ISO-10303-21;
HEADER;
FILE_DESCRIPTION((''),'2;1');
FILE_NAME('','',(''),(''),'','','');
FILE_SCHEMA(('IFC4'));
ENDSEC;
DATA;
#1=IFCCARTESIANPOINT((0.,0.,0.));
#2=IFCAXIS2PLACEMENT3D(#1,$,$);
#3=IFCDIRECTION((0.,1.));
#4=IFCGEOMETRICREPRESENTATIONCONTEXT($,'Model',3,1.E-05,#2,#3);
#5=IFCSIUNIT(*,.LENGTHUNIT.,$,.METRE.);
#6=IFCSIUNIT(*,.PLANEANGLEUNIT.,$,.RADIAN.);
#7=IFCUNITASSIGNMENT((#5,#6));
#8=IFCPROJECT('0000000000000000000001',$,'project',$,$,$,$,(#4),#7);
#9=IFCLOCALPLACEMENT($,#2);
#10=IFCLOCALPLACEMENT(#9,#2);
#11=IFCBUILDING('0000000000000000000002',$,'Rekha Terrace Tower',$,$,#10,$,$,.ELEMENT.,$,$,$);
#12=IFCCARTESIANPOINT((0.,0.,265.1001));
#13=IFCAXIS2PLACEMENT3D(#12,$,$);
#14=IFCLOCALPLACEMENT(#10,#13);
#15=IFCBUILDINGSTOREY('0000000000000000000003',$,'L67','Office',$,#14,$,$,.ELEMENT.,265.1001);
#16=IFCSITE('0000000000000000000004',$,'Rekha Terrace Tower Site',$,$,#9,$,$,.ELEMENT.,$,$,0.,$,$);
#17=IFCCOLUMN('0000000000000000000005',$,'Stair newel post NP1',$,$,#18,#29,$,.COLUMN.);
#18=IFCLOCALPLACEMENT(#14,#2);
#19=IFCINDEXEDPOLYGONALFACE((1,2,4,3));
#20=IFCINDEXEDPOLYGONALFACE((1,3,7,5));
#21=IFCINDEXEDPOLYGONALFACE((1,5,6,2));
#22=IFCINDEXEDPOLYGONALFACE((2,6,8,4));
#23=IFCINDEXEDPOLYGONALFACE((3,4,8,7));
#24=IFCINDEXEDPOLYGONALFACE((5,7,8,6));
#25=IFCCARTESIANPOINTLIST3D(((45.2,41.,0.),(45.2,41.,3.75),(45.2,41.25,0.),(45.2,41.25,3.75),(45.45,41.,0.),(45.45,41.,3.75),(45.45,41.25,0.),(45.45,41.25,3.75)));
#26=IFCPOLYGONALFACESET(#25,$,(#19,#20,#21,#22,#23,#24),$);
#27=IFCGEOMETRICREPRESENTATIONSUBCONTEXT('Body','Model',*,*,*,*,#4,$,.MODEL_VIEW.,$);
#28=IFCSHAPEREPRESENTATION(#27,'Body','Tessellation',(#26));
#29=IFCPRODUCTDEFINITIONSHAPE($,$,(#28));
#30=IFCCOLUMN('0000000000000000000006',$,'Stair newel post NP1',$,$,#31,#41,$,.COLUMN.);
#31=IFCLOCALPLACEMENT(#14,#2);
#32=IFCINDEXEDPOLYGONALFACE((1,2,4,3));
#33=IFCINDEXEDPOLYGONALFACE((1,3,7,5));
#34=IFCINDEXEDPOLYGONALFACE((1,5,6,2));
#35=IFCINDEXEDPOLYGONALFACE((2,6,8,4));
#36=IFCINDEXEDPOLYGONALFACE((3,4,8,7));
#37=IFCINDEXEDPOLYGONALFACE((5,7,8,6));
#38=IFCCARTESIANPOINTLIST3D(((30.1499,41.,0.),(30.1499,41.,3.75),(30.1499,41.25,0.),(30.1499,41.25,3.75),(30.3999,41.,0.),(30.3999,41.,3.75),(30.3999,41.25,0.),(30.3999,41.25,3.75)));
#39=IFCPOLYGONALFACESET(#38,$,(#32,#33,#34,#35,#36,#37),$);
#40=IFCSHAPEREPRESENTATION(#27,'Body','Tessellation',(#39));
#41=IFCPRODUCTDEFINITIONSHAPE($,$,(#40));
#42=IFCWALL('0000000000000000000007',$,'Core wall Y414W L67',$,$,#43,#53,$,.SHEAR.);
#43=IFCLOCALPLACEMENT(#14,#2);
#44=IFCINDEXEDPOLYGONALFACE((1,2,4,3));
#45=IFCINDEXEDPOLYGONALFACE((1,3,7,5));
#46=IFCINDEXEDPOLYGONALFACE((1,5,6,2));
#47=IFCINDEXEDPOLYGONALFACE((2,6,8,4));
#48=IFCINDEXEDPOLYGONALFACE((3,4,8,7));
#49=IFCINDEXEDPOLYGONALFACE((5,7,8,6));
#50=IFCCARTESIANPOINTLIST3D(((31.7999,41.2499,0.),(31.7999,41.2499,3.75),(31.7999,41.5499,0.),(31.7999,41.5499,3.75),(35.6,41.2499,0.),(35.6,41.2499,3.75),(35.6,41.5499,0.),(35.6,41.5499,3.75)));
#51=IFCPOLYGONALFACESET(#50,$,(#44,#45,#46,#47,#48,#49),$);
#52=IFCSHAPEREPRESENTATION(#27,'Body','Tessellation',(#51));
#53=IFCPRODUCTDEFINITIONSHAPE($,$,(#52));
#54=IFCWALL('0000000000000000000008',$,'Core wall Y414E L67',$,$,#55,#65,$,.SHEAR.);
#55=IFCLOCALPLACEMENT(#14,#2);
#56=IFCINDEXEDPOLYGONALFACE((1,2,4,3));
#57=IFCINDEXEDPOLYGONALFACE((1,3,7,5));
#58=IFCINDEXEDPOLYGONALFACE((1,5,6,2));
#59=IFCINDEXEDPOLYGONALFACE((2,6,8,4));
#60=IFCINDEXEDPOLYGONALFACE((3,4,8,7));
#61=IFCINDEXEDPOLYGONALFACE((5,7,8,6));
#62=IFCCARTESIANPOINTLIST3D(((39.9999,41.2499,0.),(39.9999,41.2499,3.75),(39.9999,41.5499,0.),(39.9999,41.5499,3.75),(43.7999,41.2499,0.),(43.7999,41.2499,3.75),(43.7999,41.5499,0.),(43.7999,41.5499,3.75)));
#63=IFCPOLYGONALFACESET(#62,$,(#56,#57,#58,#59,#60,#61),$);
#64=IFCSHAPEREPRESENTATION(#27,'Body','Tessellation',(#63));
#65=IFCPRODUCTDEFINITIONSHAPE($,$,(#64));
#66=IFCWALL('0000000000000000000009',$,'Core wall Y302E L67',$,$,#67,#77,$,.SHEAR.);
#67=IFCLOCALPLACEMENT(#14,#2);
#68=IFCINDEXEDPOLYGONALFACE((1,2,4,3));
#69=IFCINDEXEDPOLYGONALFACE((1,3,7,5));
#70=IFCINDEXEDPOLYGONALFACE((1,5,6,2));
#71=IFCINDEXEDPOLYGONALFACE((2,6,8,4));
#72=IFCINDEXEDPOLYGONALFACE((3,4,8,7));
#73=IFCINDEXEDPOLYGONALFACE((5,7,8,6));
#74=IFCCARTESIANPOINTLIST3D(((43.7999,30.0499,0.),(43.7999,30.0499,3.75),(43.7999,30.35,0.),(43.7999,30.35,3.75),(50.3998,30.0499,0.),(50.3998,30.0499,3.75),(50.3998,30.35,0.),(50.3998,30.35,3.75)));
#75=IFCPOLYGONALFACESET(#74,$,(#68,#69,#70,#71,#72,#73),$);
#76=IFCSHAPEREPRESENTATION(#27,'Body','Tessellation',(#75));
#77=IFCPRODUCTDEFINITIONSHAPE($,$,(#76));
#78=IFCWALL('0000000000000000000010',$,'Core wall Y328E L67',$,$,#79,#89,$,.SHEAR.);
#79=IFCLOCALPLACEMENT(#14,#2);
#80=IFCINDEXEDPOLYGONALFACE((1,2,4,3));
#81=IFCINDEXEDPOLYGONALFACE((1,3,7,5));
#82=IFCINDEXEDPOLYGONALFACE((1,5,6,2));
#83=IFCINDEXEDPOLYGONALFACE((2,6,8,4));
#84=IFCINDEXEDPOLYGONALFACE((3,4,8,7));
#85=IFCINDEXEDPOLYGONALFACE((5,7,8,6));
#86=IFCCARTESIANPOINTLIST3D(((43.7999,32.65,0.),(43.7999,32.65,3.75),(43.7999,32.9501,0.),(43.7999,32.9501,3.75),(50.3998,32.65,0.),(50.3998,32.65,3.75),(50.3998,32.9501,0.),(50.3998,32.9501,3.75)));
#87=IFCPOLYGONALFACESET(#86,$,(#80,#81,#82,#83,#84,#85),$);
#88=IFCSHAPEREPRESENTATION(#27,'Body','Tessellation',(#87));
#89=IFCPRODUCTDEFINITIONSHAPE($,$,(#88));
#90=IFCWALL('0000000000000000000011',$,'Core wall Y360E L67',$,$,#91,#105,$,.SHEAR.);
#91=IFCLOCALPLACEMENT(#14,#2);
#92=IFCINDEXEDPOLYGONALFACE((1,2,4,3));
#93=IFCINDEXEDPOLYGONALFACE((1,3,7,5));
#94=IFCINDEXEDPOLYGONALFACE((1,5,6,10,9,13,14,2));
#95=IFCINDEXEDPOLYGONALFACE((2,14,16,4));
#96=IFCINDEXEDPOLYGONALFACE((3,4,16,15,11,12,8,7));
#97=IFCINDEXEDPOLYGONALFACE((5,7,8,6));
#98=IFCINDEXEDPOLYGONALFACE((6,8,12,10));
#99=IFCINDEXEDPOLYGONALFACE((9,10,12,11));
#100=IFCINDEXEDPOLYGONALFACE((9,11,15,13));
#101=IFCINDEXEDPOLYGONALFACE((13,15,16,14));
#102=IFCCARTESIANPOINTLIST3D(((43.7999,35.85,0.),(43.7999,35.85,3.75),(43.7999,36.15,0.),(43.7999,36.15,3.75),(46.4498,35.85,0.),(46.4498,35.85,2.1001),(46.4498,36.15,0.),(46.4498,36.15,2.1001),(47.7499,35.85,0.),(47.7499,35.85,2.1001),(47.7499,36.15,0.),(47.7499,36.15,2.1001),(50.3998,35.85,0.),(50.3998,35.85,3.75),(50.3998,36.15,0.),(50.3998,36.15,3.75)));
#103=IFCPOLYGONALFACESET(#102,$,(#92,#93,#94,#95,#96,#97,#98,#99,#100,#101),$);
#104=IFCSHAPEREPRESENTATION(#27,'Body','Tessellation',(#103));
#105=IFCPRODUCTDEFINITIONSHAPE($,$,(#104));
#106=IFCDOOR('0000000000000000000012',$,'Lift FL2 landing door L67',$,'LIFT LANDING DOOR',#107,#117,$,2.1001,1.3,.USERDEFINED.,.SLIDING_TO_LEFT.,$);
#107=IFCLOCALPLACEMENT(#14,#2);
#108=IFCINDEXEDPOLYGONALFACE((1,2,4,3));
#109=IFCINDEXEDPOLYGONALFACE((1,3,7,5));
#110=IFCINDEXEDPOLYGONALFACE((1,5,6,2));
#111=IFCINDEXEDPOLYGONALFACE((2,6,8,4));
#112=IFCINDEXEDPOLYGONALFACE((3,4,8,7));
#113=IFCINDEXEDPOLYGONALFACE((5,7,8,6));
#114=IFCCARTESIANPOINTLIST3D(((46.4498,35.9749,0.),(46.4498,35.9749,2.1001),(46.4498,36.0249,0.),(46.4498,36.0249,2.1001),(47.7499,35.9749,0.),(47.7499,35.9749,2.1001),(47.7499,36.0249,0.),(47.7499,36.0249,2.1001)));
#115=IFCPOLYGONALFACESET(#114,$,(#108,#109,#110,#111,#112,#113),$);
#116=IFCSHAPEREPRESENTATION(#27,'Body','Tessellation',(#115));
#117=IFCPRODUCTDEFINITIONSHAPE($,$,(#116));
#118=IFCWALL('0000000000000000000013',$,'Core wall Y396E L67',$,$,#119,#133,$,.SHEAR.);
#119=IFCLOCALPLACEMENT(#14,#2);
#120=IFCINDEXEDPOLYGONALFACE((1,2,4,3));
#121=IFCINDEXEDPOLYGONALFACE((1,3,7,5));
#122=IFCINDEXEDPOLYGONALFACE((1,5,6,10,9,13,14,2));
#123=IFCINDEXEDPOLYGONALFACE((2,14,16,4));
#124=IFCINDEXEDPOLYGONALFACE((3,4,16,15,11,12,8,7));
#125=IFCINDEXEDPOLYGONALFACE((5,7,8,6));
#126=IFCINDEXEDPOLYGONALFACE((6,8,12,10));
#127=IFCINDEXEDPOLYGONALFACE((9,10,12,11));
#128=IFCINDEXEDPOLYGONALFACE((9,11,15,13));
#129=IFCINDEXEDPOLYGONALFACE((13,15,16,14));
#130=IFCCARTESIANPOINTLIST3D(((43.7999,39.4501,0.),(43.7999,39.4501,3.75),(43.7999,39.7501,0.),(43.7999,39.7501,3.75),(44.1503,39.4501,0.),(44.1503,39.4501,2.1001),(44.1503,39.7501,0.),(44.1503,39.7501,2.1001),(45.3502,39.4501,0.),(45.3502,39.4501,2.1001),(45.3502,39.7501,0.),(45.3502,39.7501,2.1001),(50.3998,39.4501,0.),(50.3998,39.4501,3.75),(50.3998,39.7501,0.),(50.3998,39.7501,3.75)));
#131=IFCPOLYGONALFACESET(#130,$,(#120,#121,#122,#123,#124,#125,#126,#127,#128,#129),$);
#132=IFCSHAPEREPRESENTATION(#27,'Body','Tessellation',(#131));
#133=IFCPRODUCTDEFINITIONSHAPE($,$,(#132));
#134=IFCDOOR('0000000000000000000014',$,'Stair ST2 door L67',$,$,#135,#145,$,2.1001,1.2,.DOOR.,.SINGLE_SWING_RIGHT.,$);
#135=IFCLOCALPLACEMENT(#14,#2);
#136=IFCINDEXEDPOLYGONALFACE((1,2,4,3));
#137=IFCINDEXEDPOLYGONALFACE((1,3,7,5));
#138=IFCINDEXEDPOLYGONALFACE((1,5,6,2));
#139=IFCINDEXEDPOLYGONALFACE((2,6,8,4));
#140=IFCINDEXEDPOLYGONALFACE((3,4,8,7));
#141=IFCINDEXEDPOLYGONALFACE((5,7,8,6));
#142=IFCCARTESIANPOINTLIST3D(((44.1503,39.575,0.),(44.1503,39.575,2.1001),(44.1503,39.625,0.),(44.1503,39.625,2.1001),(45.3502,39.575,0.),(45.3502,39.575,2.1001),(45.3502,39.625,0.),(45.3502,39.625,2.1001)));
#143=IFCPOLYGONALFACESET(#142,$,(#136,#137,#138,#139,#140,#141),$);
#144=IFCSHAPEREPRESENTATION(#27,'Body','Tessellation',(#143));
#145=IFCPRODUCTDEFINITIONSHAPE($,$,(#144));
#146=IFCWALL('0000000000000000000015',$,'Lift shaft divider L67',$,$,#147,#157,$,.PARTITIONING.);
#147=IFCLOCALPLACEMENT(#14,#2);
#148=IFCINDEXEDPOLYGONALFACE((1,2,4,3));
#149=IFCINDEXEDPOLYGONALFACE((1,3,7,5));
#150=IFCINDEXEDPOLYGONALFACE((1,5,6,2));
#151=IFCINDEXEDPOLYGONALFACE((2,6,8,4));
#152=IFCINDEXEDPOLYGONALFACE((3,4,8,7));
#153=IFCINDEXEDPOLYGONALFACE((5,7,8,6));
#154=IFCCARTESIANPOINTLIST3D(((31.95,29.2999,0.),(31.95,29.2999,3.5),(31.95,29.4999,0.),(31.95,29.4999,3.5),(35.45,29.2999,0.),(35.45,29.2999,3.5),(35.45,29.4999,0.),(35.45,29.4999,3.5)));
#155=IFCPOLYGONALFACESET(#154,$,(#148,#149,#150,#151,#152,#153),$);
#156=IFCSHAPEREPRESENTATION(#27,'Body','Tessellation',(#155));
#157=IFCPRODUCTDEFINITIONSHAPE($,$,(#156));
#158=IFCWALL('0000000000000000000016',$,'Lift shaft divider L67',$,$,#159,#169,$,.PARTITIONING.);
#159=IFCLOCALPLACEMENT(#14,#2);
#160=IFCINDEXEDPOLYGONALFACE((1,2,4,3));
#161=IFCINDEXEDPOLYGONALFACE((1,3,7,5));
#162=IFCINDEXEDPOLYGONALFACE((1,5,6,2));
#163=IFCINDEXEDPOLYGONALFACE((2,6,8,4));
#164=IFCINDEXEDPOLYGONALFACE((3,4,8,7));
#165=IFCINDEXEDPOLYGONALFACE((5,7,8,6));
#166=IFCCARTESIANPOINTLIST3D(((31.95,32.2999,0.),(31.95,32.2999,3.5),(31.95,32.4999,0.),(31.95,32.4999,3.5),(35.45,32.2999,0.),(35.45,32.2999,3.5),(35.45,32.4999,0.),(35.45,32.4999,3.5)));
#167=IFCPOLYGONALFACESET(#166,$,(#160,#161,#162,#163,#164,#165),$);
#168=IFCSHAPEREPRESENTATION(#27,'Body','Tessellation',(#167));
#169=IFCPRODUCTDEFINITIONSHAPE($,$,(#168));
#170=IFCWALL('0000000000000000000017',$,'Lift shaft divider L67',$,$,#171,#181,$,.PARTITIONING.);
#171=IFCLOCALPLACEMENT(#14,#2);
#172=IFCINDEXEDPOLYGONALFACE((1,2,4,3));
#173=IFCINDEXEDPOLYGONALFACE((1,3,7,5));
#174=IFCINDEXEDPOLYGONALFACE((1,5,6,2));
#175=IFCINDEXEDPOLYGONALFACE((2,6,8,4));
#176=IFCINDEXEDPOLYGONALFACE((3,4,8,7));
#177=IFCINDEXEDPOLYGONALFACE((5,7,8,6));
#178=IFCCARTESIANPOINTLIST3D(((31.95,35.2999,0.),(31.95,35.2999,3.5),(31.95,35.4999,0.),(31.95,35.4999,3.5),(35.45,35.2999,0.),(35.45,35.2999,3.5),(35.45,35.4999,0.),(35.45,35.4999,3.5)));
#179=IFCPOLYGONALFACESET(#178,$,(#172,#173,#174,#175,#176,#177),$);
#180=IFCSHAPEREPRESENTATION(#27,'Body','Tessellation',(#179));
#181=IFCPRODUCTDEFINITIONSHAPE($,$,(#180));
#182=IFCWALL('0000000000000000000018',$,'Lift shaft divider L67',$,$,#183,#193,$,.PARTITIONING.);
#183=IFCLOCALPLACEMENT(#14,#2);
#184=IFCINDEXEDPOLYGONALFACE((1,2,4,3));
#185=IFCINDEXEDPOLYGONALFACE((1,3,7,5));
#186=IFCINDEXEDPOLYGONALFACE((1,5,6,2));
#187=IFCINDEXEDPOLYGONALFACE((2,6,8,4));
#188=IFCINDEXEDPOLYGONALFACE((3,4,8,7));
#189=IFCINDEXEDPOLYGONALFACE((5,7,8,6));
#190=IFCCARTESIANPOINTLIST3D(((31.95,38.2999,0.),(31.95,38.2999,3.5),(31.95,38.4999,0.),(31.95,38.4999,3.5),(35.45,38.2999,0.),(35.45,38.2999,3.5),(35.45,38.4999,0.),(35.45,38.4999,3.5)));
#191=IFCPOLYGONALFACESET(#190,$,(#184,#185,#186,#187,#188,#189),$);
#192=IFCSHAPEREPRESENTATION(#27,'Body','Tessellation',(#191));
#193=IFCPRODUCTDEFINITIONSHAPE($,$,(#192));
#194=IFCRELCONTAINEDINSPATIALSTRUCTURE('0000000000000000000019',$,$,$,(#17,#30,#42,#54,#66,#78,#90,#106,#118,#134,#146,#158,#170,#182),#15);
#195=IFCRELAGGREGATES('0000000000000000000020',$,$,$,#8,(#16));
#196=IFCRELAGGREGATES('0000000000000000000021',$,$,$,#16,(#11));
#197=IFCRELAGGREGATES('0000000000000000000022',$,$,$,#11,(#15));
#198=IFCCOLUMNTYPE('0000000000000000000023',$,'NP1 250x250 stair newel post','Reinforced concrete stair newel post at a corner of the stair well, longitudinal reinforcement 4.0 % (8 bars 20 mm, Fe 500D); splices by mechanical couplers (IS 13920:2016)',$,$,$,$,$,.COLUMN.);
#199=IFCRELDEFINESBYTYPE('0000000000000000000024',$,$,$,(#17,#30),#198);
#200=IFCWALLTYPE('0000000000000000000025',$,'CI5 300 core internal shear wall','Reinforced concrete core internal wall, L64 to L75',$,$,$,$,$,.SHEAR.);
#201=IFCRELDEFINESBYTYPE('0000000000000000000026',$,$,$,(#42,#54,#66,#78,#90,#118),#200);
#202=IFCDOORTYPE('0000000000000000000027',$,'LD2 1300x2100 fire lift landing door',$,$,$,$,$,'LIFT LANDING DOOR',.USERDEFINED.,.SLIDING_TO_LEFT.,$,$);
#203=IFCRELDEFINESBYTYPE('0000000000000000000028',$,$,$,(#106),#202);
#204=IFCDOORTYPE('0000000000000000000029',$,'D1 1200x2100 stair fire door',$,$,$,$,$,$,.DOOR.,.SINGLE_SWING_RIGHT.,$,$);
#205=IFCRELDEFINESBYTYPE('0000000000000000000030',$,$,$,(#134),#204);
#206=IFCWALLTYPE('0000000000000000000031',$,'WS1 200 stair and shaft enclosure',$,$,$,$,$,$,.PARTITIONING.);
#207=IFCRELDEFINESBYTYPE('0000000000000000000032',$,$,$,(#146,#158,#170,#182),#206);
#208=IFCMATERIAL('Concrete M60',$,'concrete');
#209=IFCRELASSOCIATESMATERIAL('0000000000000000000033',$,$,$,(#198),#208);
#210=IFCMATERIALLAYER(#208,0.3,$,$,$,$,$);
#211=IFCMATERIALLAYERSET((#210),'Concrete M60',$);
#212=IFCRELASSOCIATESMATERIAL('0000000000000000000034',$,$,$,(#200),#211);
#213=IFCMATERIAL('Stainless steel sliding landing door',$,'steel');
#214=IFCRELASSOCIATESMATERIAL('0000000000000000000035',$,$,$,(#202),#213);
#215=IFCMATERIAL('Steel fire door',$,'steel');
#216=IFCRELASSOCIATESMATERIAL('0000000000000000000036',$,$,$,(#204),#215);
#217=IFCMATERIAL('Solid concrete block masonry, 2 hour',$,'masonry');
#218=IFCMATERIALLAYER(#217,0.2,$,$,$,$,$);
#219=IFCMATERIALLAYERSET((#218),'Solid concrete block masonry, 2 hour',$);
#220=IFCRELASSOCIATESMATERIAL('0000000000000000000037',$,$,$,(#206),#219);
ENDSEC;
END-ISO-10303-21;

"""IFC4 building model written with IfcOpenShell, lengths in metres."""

from ifc_helpers import new_model, si_unit, direction, frame, frame_2d, origin, origin_2d, place, context, subcontext, project, spatial, rectangle, extrude, material, layer, layer_set, material_profile, profile_set, type_object, element, fill, save


model = new_model("IFC4")

# Units and contexts
model_context = context("Model", 3, precision=1e-05, world=origin(), true_north=direction((0.0, 1.0)))
body_context = subcontext(model_context, "Body", "Model", "MODEL_VIEW")
ifc_project = project(units=[si_unit("LENGTHUNIT", "METRE"), si_unit("PLANEANGLEUNIT", "RADIAN")], contexts=[model_context])

# Site, building, storey
site_placement = place(None, origin())
site = spatial("IfcSite", under=ifc_project, at=site_placement, Name="Rekha Terrace Tower Site", CompositionType="ELEMENT", RefElevation=0.0)
building_placement = place(site_placement, origin())
building = spatial("IfcBuilding", under=site, at=building_placement, Name="Rekha Terrace Tower", CompositionType="ELEMENT")
storey_placement = place(building_placement, frame((0.0, 0.0, 265.1001)))
storey = spatial("IfcBuildingStorey", under=building, at=storey_placement, Name="L67", Description="Office", CompositionType="ELEMENT", Elevation=265.1001)

# Columns
ifc_material_1 = material(Name="Concrete M60", Category="concrete")
ifc_material_profile = material_profile(ifc_material_1, rectangle(XDim=0.25, YDim=0.25, at=origin_2d()), Name="RC 250x250")
ifc_profile_set = profile_set([ifc_material_profile], Name="Concrete M60")
column_type = type_object("IfcColumnType", Name="NP1 250x250 stair newel post", Description="Reinforced concrete stair newel post at a corner of the stair well, longitudinal reinforcement 4.0 % (8 bars 20 mm, Fe 500D); splices by mechanical couplers (IS 13920:2016)", PredefinedType="COLUMN", material=ifc_profile_set)
for number, where, z_axis, x_axis, name in (
    (1, (45.325, 41.125, 0.0), (0.0, 0.0, 1.0), (1.0, 0.0, 0.0), "Stair newel post NP1"),
    (2, (30.2749, 41.125, 0.0), (0.0, 0.0, 1.0), (1.0, 0.0, 0.0), "Stair newel post NP1"),
):
    element("IfcColumn", number, at=place(storey_placement, frame(where, z_axis=z_axis, x_axis=x_axis)), inside=storey, type_object=column_type, Name=name, PredefinedType="COLUMN", context=body_context, shape_type="SweptSolid", body=[
        extrude(rectangle(XDim=0.25, YDim=0.25, at=origin_2d()), origin(), (0.0, 0.0, 1.0), 3.75),
    ])

# Walls
ifc_layer_1 = layer(ifc_material_1, 0.3)
ifc_layer_set_1 = layer_set([ifc_layer_1], Name="Concrete M60")
wall_type_1 = type_object("IfcWallType", Name="CI5 300 core internal shear wall", Description="Reinforced concrete core internal wall, L64 to L75", PredefinedType="SHEAR", material=ifc_layer_set_1)
for number, where, z_axis, x_axis, name in (
    (3, (31.8, 41.3999, 0.0), (0.0, 0.0, 1.0), (1.0, 0.0, 0.0), "Core wall Y414W L67"),
    (4, (40.0, 41.3999, 0.0), (0.0, 0.0, 1.0), (1.0, 0.0, 0.0), "Core wall Y414E L67"),
):
    element("IfcWall", number, at=place(storey_placement, frame(where, z_axis=z_axis, x_axis=x_axis)), inside=storey, type_object=wall_type_1, Name=name, PredefinedType="SHEAR", context=body_context, shape_type="SweptSolid", body=[
        extrude(rectangle(XDim=3.8, YDim=0.3, at=frame_2d((1.8999, 0.0))), origin(), (0.0, 0.0, 1.0), 3.75),
    ])
for number, where, z_axis, x_axis, name in (
    (5, (43.8, 30.2, 0.0), (0.0, 0.0, 1.0), (1.0, 0.0, 0.0), "Core wall Y302E L67"),
    (6, (43.8, 32.8, 0.0), (0.0, 0.0, 1.0), (1.0, 0.0, 0.0), "Core wall Y328E L67"),
):
    element("IfcWall", number, at=place(storey_placement, frame(where, z_axis=z_axis, x_axis=x_axis)), inside=storey, type_object=wall_type_1, Name=name, PredefinedType="SHEAR", context=body_context, shape_type="SweptSolid", body=[
        extrude(rectangle(XDim=6.5999, YDim=0.3, at=frame_2d((3.2998, 0.0))), origin(), (0.0, 0.0, 1.0), 3.75),
    ])

# Walls, openings, doors
wall_1_placement = place(storey_placement, frame((43.8, 36.0, 0.0), z_axis=(0.0, 0.0, 1.0), x_axis=(1.0, 0.0, 0.0)))
wall_1 = element("IfcWall", 7, at=wall_1_placement, inside=storey, type_object=wall_type_1, Name="Core wall Y360E L67", PredefinedType="SHEAR", context=body_context, shape_type="SweptSolid", body=[
    extrude(rectangle(XDim=6.5999, YDim=0.3, at=frame_2d((3.2998, 0.0))), origin(), (0.0, 0.0, 1.0), 3.75),
])
opening_1_placement = place(wall_1_placement, frame((2.6499, 0.0, 0.0)))
opening_1 = element("IfcOpeningElement", 8, at=opening_1_placement, cuts=wall_1, PredefinedType="OPENING", context=body_context, shape_type="SweptSolid", body=[
    extrude(rectangle(XDim=1.3, YDim=2.1001, at=frame_2d((0.6499, 1.05))), frame((0.0, 0.1599, 0.0), z_axis=(0.0, -1.0, 0.0), x_axis=(1.0, 0.0, 0.0)), (0.0, 0.0, 1.0), 0.3201),
])
ifc_material_2 = material(Name="Stainless steel sliding landing door", Category="steel")
door_type_1 = type_object("IfcDoorType", Name="LD2 1300x2100 fire lift landing door", ElementType="LIFT LANDING DOOR", OperationType="SLIDING_TO_LEFT", PredefinedType="USERDEFINED", material=ifc_material_2)
door_1_placement = place(opening_1_placement, origin())
door_1 = element("IfcDoor", 9, at=door_1_placement, inside=storey, type_object=door_type_1, Name="Lift FL2 landing door L67", ObjectType="LIFT LANDING DOOR", OperationType="SLIDING_TO_LEFT", OverallHeight=2.1001, OverallWidth=1.3, PredefinedType="USERDEFINED", context=body_context, shape_type="SweptSolid", body=[
    extrude(rectangle(XDim=1.3, YDim=2.1001, at=frame_2d((0.6499, 1.05))), frame((0.0, 0.0249, 0.0), z_axis=(0.0, -1.0, 0.0), x_axis=(1.0, 0.0, 0.0)), (0.0, 0.0, 1.0), 0.05),
])
fill(opening_1, door_1)
wall_2_placement = place(storey_placement, frame((43.8, 39.6001, 0.0), z_axis=(0.0, 0.0, 1.0), x_axis=(1.0, 0.0, 0.0)))
wall_2 = element("IfcWall", 10, at=wall_2_placement, inside=storey, type_object=wall_type_1, Name="Core wall Y396E L67", PredefinedType="SHEAR", context=body_context, shape_type="SweptSolid", body=[
    extrude(rectangle(XDim=6.5999, YDim=0.3, at=frame_2d((3.2998, 0.0))), origin(), (0.0, 0.0, 1.0), 3.75),
])
opening_2_placement = place(wall_2_placement, frame((0.3501, 0.0, 0.0)))
opening_2 = element("IfcOpeningElement", 11, at=opening_2_placement, cuts=wall_2, PredefinedType="OPENING", context=body_context, shape_type="SweptSolid", body=[
    extrude(rectangle(XDim=1.2, YDim=2.1001, at=frame_2d((0.6001, 1.05))), frame((0.0, 0.1599, 0.0), z_axis=(0.0, -1.0, 0.0), x_axis=(1.0, 0.0, 0.0)), (0.0, 0.0, 1.0), 0.3201),
])
ifc_material_3 = material(Name="Steel fire door", Category="steel")
door_type_2 = type_object("IfcDoorType", Name="D1 1200x2100 stair fire door", OperationType="SINGLE_SWING_RIGHT", PredefinedType="DOOR", material=ifc_material_3)
door_2_placement = place(opening_2_placement, origin())
door_2 = element("IfcDoor", 12, at=door_2_placement, inside=storey, type_object=door_type_2, Name="Stair ST2 door L67", OperationType="SINGLE_SWING_RIGHT", OverallHeight=2.1001, OverallWidth=1.2, PredefinedType="DOOR", context=body_context, shape_type="SweptSolid", body=[
    extrude(rectangle(XDim=1.2, YDim=2.1001, at=frame_2d((0.6001, 1.05))), frame((0.0, 0.0249, 0.0), z_axis=(0.0, -1.0, 0.0), x_axis=(1.0, 0.0, 0.0)), (0.0, 0.0, 1.0), 0.05),
])
fill(opening_2, door_2)

# Walls
ifc_material_4 = material(Name="Solid concrete block masonry, 2 hour", Category="masonry")
ifc_layer_2 = layer(ifc_material_4, 0.2)
ifc_layer_set_2 = layer_set([ifc_layer_2], Name="Solid concrete block masonry, 2 hour")
wall_type_2 = type_object("IfcWallType", Name="WS1 200 stair and shaft enclosure", PredefinedType="PARTITIONING", material=ifc_layer_set_2)
for number, where, z_axis, x_axis, name in (
    (13, (31.95, 29.3999, 0.0), (0.0, 0.0, 1.0), (1.0, 0.0, 0.0), "Lift shaft divider L67"),
    (14, (31.95, 32.3999, 0.0), (0.0, 0.0, 1.0), (1.0, 0.0, 0.0), "Lift shaft divider L67"),
    (15, (31.95, 35.3999, 0.0), (0.0, 0.0, 1.0), (1.0, 0.0, 0.0), "Lift shaft divider L67"),
    (16, (31.95, 38.3999, 0.0), (0.0, 0.0, 1.0), (1.0, 0.0, 0.0), "Lift shaft divider L67"),
):
    element("IfcWall", number, at=place(storey_placement, frame(where, z_axis=z_axis, x_axis=x_axis)), inside=storey, type_object=wall_type_2, Name=name, PredefinedType="PARTITIONING", context=body_context, shape_type="SweptSolid", body=[
        extrude(rectangle(XDim=3.5, YDim=0.2, at=frame_2d((1.75, 0.0))), origin(), (0.0, 0.0, 1.0), 3.5),
    ])

save(model, "model.ifc")
